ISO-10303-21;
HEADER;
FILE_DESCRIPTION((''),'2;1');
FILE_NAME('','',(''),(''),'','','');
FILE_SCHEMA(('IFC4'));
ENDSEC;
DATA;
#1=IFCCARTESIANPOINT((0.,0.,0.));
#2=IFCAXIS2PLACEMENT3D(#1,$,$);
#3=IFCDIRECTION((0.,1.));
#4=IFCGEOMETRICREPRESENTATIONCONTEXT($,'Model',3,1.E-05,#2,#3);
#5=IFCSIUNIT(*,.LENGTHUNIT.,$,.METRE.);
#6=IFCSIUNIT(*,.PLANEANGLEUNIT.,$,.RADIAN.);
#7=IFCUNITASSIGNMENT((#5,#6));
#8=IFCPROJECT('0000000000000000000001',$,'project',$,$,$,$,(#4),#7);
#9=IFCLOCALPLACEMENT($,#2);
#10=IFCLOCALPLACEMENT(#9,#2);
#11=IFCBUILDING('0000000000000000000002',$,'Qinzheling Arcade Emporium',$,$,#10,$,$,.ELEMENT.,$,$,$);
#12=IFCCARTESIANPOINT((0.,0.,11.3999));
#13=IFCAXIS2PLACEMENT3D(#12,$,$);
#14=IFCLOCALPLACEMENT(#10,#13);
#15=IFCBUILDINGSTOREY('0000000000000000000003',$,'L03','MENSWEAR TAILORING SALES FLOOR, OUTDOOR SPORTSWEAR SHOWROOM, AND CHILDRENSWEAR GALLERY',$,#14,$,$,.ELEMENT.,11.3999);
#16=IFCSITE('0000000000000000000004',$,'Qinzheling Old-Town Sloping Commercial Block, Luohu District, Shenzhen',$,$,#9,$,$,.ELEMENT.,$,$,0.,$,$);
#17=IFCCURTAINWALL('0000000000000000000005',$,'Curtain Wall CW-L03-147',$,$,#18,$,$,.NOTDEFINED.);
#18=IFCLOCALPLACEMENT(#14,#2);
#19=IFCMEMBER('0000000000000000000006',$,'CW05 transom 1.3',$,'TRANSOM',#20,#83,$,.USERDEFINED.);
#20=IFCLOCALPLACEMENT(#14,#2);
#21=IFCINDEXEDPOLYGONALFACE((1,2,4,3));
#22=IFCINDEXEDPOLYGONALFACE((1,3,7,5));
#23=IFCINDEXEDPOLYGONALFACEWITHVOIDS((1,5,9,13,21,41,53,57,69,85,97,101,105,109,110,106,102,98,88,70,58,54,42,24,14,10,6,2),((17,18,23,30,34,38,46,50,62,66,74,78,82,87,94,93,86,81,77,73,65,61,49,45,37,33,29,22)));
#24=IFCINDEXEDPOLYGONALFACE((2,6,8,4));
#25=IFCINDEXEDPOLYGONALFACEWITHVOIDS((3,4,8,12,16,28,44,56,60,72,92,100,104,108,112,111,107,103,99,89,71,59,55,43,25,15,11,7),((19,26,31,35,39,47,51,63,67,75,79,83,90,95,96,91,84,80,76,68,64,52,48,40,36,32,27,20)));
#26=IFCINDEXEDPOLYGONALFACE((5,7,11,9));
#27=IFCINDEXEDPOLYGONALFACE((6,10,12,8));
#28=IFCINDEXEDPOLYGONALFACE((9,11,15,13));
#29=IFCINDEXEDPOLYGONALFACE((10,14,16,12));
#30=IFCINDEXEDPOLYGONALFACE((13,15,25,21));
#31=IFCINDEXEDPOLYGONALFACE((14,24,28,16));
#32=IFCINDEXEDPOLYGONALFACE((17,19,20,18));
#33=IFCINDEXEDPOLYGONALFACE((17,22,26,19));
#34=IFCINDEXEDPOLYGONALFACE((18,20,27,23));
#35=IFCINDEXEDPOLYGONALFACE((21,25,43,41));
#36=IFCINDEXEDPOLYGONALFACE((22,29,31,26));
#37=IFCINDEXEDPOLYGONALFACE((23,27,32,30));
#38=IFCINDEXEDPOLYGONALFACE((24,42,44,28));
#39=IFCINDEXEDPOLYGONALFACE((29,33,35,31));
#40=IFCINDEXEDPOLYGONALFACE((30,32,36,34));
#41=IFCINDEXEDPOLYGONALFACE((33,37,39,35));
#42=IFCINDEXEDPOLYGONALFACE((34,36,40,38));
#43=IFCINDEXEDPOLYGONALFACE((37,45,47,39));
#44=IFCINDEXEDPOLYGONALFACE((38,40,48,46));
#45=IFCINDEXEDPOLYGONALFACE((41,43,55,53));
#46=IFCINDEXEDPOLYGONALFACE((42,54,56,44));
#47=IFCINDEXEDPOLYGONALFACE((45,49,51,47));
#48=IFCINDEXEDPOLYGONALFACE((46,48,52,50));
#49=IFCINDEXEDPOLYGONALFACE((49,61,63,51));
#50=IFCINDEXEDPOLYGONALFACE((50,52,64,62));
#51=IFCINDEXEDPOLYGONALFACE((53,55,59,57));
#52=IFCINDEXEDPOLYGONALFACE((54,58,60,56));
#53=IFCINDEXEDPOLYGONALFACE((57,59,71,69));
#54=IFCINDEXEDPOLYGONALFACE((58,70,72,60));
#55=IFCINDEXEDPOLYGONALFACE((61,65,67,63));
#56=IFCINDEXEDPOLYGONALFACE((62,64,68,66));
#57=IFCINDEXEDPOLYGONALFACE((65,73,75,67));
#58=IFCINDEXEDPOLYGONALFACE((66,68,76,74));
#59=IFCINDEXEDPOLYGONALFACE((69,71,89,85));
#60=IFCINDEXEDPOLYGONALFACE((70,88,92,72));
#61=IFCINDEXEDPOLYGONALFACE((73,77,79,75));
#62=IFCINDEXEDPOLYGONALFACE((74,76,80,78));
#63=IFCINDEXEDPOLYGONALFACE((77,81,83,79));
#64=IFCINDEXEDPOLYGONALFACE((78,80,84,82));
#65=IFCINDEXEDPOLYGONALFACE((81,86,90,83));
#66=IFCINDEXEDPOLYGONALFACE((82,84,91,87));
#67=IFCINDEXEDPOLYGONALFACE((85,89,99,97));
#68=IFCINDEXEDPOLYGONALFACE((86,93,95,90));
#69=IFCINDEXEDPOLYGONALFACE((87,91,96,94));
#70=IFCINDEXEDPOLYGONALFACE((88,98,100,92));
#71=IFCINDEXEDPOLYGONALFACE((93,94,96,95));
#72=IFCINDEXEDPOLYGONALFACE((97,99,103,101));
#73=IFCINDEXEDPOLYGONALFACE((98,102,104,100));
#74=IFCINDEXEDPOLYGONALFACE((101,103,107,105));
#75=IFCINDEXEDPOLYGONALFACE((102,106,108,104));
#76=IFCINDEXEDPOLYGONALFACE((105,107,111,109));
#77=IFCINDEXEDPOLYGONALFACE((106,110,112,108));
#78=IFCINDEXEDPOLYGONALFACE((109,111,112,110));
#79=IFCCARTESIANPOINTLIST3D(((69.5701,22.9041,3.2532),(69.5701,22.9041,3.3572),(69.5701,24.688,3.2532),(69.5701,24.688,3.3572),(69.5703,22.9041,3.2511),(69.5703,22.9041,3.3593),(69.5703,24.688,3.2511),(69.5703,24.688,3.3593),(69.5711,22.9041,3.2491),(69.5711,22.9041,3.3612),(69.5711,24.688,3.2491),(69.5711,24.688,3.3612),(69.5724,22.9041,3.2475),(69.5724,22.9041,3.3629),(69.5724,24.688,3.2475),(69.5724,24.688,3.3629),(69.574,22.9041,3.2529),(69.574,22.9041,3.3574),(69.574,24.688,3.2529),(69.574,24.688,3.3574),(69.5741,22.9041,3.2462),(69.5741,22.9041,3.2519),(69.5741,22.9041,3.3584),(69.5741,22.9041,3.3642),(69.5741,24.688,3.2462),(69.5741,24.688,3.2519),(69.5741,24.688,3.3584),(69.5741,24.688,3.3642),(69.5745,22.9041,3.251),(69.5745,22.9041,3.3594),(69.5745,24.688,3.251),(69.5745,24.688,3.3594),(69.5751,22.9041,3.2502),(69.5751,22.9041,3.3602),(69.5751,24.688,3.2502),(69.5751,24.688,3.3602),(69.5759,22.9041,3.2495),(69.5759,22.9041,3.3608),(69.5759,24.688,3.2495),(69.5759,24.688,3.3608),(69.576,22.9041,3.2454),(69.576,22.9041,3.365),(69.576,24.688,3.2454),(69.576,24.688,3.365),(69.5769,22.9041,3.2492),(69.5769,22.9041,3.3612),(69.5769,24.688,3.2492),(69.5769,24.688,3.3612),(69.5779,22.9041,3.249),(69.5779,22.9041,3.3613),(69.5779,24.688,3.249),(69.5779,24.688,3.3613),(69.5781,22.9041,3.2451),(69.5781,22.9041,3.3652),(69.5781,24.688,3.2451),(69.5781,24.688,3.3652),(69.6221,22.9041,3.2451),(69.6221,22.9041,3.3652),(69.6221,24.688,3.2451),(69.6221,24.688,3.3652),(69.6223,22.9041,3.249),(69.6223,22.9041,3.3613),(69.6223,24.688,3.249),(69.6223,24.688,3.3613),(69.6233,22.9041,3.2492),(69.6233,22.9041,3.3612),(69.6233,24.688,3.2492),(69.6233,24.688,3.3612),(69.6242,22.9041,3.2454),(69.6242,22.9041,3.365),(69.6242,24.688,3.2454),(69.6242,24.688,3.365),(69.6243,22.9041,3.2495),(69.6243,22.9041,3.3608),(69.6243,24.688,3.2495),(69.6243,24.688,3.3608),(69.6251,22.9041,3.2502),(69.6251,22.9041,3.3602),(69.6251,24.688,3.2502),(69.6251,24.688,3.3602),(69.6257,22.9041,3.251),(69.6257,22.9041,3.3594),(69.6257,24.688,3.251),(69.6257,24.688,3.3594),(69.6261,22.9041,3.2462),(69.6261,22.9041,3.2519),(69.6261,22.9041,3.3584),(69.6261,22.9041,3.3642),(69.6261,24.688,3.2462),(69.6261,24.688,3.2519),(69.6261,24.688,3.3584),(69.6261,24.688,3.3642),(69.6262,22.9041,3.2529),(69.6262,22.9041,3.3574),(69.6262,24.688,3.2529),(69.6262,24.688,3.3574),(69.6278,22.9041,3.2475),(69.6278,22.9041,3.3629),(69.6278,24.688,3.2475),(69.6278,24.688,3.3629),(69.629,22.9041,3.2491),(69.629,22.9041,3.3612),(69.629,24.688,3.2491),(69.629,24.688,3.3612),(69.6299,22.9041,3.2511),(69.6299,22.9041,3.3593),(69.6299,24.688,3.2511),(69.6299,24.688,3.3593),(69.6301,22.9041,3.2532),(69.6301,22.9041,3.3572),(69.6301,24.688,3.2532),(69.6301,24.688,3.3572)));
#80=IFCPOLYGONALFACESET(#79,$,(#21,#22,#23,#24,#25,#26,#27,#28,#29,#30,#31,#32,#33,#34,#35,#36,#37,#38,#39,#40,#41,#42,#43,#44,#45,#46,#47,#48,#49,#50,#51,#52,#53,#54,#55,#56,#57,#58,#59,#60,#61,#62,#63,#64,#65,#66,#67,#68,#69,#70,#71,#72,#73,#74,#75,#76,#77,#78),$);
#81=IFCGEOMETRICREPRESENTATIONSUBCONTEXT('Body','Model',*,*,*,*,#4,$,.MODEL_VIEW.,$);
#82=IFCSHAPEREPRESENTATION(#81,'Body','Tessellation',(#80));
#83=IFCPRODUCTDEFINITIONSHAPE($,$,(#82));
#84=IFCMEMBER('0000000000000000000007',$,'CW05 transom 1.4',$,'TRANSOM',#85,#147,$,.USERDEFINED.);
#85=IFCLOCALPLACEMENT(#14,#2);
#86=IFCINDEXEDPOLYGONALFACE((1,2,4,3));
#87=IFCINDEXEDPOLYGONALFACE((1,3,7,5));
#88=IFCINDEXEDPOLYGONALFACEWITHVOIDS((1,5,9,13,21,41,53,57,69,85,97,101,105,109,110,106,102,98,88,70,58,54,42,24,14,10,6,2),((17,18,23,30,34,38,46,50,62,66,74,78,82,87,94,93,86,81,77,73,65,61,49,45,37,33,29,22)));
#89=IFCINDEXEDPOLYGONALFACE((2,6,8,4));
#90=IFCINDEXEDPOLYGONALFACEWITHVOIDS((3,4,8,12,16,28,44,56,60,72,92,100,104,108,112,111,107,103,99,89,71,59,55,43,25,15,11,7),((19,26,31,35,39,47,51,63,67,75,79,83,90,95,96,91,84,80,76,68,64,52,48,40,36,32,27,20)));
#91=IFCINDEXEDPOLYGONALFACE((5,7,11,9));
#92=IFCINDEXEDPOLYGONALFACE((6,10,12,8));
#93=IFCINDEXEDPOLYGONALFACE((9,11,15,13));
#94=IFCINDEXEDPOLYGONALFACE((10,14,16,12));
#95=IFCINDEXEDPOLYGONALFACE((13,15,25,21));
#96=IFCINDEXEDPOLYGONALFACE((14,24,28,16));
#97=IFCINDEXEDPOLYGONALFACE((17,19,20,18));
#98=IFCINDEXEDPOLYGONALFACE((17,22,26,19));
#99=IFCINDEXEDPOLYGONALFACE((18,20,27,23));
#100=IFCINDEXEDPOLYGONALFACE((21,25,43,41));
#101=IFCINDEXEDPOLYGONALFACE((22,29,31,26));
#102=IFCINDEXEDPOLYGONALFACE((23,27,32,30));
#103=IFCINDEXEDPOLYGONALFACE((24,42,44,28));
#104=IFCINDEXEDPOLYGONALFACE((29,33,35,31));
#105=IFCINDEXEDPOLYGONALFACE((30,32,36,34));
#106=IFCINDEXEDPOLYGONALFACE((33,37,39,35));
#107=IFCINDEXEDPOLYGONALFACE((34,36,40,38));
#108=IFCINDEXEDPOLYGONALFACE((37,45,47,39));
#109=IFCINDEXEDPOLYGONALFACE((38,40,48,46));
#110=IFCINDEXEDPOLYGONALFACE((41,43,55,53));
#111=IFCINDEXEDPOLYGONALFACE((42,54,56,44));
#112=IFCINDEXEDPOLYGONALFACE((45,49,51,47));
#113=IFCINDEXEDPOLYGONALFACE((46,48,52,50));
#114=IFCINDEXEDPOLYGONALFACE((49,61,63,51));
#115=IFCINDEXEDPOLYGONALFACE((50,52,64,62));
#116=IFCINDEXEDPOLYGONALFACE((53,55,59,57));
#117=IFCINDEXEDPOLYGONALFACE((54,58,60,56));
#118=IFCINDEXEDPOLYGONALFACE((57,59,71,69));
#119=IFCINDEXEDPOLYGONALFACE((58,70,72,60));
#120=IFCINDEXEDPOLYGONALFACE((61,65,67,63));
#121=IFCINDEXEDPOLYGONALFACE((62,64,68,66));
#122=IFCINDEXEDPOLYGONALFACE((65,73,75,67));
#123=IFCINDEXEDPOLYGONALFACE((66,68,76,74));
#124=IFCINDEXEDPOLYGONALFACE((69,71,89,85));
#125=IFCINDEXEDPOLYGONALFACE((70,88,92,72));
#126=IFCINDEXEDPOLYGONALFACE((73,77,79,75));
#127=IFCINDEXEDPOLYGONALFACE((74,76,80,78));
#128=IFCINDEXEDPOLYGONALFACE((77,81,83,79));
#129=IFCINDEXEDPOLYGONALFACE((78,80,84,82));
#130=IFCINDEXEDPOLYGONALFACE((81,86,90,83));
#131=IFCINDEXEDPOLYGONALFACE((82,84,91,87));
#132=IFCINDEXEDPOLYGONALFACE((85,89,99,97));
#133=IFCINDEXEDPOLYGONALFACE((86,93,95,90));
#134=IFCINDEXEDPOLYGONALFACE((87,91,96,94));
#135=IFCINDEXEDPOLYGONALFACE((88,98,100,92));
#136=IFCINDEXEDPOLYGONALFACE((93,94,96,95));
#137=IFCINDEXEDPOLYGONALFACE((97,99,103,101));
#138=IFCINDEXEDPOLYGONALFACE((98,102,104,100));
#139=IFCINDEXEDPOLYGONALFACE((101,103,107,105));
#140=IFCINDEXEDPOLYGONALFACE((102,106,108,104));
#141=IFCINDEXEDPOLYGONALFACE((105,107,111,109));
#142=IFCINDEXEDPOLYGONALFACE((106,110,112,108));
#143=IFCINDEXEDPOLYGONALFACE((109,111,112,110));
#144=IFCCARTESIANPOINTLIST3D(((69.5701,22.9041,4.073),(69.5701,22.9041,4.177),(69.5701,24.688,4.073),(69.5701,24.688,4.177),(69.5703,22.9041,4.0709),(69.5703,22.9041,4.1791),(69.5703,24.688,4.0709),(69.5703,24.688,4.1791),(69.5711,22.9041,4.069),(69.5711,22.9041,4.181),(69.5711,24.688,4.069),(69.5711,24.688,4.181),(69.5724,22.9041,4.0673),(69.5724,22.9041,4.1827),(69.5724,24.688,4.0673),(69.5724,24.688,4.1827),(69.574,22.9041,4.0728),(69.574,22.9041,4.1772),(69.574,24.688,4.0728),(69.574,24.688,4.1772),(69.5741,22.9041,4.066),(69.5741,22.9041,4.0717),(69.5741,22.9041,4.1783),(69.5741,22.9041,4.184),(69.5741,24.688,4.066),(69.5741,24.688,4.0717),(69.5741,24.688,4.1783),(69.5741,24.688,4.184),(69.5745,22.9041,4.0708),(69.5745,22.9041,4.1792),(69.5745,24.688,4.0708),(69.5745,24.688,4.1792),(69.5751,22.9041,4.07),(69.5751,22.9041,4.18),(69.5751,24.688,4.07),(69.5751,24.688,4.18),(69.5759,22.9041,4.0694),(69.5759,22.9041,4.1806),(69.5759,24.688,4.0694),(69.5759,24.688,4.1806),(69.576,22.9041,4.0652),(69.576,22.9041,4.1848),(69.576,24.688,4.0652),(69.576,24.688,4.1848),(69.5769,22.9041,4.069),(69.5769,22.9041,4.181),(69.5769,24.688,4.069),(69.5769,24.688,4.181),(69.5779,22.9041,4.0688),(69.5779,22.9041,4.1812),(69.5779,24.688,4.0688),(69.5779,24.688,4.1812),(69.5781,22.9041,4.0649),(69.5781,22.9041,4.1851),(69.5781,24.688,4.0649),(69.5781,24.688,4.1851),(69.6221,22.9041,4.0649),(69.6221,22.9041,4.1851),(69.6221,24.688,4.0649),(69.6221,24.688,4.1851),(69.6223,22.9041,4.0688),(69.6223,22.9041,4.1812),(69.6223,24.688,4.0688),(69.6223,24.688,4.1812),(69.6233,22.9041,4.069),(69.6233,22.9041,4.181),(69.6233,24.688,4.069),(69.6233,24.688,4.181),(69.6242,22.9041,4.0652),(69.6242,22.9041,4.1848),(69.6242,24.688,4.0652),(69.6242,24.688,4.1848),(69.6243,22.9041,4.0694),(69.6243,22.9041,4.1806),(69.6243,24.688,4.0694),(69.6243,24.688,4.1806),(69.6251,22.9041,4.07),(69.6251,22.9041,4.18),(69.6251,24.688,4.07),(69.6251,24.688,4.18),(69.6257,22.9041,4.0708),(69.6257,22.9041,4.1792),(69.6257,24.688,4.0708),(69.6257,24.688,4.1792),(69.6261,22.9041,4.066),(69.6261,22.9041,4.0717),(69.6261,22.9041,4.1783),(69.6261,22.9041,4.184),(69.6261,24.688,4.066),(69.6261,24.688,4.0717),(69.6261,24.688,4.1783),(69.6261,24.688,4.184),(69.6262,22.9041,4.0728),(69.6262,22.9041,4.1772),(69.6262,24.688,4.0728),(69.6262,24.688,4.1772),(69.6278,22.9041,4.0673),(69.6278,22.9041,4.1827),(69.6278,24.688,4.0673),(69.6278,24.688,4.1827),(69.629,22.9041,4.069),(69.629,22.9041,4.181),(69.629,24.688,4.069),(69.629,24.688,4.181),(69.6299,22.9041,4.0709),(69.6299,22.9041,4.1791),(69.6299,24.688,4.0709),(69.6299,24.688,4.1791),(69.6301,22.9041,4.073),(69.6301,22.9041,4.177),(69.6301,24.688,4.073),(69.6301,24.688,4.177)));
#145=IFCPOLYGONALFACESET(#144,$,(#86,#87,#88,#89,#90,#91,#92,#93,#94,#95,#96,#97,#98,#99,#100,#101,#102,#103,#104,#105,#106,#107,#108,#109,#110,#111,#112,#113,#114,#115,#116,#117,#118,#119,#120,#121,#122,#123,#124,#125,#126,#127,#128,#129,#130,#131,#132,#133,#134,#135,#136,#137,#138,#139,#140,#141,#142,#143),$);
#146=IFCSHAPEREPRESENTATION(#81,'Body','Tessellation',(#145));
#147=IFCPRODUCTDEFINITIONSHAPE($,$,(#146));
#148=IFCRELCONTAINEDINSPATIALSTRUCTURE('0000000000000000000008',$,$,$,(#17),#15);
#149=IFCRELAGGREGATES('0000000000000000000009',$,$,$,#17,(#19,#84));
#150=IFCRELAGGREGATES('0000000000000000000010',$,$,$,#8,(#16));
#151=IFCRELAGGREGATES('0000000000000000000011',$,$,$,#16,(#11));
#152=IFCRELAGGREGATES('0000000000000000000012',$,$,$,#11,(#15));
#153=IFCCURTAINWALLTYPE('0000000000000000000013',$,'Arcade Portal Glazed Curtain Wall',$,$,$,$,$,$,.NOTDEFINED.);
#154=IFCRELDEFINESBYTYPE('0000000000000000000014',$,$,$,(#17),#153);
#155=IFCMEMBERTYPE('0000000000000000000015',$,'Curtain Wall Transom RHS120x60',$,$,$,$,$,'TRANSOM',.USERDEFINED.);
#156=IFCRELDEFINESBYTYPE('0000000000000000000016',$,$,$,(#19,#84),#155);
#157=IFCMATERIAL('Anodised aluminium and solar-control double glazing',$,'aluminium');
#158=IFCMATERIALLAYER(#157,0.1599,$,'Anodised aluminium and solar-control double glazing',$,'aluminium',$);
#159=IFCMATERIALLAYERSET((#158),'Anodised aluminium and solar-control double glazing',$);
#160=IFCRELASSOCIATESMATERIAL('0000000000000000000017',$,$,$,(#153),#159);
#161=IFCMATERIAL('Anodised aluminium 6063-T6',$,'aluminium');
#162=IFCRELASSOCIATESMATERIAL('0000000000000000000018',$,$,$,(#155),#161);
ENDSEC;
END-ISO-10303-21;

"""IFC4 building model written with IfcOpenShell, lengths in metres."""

from ifc_helpers import new_model, si_unit, direction, frame, origin, origin_2d, place, context, subcontext, project, spatial, hollow_rectangle, extrude, material, layer, layer_set, material_profile, profile_set, type_object, element, aggregate, save


model = new_model("IFC4")

# Units and contexts
model_context = context("Model", 3, precision=1e-05, world=origin(), true_north=direction((0.0, 1.0)))
body_context = subcontext(model_context, "Body", "Model", "MODEL_VIEW")
ifc_project = project(units=[si_unit("LENGTHUNIT", "METRE"), si_unit("PLANEANGLEUNIT", "RADIAN")], contexts=[model_context])

# Site, building, storey
site_placement = place(None, origin())
site = spatial("IfcSite", under=ifc_project, at=site_placement, Name="Qinzheling Old-Town Sloping Commercial Block, Luohu District, Shenzhen", CompositionType="ELEMENT", RefElevation=0.0)
building_placement = place(site_placement, origin())
building = spatial("IfcBuilding", under=site, at=building_placement, Name="Qinzheling Arcade Emporium", CompositionType="ELEMENT")
storey_placement = place(building_placement, frame((0.0, 0.0, 11.3999)))
storey = spatial("IfcBuildingStorey", under=building, at=storey_placement, Name="L03", Description="MENSWEAR TAILORING SALES FLOOR, OUTDOOR SPORTSWEAR SHOWROOM, AND CHILDRENSWEAR GALLERY", CompositionType="ELEMENT", Elevation=11.3999)

# Shared definitions
ifc_material_1 = material(Name="Anodised aluminium and solar-control double glazing", Category="aluminium")
ifc_layer_1 = layer(ifc_material_1, 0.1599, Name="Anodised aluminium and solar-control double glazing", Category="aluminium")
ifc_layer_set_1 = layer_set([ifc_layer_1], Name="Anodised aluminium and solar-control double glazing")
curtain_wall_type = type_object("IfcCurtainWallType", Name="Arcade Portal Glazed Curtain Wall", PredefinedType="NOTDEFINED", material=ifc_layer_set_1)
ifc_material_2 = material(Name="Anodised aluminium 6063-T6", Category="aluminium")

# Curtain wall
curtain_wall_1_placement = place(storey_placement, origin())
curtain_wall_1 = element("IfcCurtainWall", 1, at=curtain_wall_1_placement, inside=storey, type_object=curtain_wall_type, Name="Curtain Wall CW-L03-147", PredefinedType="NOTDEFINED")

# Members
ifc_material_profile_1 = material_profile(ifc_material_2, hollow_rectangle(XDim=0.0601, YDim=0.1201, WallThickness=0.0039, InnerFilletRadius=0.0039, OuterFilletRadius=0.0081, at=origin_2d()), Name="RHS 120x60x4", Category="aluminium")
ifc_profile_set_1 = profile_set([ifc_material_profile_1], Name="Anodised aluminium 6063-T6")
member_type_1 = type_object("IfcMemberType", Name="Curtain Wall Transom RHS120x60", ElementType="TRANSOM", PredefinedType="USERDEFINED", material=ifc_profile_set_1)
member_1_placement = place(storey_placement, frame((69.6001, 24.688, 3.3052), z_axis=(0.0, -1.0, 0.0), x_axis=(1.0, 0.0, 0.0)))
member_1 = element("IfcMember", 2, at=member_1_placement, type_object=member_type_1, Name="CW05 transom 1.3", ObjectType="TRANSOM", PredefinedType="USERDEFINED", context=body_context, shape_type="SweptSolid", body=[
    extrude(hollow_rectangle(XDim=0.0601, YDim=0.1201, WallThickness=0.0039, InnerFilletRadius=0.0039, OuterFilletRadius=0.0081, at=origin_2d()), origin(), (0.0, 0.0, 1.0), 1.7839),
])
member_2_placement = place(storey_placement, frame((69.6001, 24.688, 4.125), z_axis=(0.0, -1.0, 0.0), x_axis=(1.0, 0.0, 0.0)))
member_2 = element("IfcMember", 3, at=member_2_placement, type_object=member_type_1, Name="CW05 transom 1.4", ObjectType="TRANSOM", PredefinedType="USERDEFINED", context=body_context, shape_type="SweptSolid", body=[
    extrude(hollow_rectangle(XDim=0.0601, YDim=0.1201, WallThickness=0.0039, InnerFilletRadius=0.0039, OuterFilletRadius=0.0081, at=origin_2d()), origin(), (0.0, 0.0, 1.0), 1.7839),
])

aggregate(curtain_wall_1, [member_1, member_2])

save(model, "model.ifc")
